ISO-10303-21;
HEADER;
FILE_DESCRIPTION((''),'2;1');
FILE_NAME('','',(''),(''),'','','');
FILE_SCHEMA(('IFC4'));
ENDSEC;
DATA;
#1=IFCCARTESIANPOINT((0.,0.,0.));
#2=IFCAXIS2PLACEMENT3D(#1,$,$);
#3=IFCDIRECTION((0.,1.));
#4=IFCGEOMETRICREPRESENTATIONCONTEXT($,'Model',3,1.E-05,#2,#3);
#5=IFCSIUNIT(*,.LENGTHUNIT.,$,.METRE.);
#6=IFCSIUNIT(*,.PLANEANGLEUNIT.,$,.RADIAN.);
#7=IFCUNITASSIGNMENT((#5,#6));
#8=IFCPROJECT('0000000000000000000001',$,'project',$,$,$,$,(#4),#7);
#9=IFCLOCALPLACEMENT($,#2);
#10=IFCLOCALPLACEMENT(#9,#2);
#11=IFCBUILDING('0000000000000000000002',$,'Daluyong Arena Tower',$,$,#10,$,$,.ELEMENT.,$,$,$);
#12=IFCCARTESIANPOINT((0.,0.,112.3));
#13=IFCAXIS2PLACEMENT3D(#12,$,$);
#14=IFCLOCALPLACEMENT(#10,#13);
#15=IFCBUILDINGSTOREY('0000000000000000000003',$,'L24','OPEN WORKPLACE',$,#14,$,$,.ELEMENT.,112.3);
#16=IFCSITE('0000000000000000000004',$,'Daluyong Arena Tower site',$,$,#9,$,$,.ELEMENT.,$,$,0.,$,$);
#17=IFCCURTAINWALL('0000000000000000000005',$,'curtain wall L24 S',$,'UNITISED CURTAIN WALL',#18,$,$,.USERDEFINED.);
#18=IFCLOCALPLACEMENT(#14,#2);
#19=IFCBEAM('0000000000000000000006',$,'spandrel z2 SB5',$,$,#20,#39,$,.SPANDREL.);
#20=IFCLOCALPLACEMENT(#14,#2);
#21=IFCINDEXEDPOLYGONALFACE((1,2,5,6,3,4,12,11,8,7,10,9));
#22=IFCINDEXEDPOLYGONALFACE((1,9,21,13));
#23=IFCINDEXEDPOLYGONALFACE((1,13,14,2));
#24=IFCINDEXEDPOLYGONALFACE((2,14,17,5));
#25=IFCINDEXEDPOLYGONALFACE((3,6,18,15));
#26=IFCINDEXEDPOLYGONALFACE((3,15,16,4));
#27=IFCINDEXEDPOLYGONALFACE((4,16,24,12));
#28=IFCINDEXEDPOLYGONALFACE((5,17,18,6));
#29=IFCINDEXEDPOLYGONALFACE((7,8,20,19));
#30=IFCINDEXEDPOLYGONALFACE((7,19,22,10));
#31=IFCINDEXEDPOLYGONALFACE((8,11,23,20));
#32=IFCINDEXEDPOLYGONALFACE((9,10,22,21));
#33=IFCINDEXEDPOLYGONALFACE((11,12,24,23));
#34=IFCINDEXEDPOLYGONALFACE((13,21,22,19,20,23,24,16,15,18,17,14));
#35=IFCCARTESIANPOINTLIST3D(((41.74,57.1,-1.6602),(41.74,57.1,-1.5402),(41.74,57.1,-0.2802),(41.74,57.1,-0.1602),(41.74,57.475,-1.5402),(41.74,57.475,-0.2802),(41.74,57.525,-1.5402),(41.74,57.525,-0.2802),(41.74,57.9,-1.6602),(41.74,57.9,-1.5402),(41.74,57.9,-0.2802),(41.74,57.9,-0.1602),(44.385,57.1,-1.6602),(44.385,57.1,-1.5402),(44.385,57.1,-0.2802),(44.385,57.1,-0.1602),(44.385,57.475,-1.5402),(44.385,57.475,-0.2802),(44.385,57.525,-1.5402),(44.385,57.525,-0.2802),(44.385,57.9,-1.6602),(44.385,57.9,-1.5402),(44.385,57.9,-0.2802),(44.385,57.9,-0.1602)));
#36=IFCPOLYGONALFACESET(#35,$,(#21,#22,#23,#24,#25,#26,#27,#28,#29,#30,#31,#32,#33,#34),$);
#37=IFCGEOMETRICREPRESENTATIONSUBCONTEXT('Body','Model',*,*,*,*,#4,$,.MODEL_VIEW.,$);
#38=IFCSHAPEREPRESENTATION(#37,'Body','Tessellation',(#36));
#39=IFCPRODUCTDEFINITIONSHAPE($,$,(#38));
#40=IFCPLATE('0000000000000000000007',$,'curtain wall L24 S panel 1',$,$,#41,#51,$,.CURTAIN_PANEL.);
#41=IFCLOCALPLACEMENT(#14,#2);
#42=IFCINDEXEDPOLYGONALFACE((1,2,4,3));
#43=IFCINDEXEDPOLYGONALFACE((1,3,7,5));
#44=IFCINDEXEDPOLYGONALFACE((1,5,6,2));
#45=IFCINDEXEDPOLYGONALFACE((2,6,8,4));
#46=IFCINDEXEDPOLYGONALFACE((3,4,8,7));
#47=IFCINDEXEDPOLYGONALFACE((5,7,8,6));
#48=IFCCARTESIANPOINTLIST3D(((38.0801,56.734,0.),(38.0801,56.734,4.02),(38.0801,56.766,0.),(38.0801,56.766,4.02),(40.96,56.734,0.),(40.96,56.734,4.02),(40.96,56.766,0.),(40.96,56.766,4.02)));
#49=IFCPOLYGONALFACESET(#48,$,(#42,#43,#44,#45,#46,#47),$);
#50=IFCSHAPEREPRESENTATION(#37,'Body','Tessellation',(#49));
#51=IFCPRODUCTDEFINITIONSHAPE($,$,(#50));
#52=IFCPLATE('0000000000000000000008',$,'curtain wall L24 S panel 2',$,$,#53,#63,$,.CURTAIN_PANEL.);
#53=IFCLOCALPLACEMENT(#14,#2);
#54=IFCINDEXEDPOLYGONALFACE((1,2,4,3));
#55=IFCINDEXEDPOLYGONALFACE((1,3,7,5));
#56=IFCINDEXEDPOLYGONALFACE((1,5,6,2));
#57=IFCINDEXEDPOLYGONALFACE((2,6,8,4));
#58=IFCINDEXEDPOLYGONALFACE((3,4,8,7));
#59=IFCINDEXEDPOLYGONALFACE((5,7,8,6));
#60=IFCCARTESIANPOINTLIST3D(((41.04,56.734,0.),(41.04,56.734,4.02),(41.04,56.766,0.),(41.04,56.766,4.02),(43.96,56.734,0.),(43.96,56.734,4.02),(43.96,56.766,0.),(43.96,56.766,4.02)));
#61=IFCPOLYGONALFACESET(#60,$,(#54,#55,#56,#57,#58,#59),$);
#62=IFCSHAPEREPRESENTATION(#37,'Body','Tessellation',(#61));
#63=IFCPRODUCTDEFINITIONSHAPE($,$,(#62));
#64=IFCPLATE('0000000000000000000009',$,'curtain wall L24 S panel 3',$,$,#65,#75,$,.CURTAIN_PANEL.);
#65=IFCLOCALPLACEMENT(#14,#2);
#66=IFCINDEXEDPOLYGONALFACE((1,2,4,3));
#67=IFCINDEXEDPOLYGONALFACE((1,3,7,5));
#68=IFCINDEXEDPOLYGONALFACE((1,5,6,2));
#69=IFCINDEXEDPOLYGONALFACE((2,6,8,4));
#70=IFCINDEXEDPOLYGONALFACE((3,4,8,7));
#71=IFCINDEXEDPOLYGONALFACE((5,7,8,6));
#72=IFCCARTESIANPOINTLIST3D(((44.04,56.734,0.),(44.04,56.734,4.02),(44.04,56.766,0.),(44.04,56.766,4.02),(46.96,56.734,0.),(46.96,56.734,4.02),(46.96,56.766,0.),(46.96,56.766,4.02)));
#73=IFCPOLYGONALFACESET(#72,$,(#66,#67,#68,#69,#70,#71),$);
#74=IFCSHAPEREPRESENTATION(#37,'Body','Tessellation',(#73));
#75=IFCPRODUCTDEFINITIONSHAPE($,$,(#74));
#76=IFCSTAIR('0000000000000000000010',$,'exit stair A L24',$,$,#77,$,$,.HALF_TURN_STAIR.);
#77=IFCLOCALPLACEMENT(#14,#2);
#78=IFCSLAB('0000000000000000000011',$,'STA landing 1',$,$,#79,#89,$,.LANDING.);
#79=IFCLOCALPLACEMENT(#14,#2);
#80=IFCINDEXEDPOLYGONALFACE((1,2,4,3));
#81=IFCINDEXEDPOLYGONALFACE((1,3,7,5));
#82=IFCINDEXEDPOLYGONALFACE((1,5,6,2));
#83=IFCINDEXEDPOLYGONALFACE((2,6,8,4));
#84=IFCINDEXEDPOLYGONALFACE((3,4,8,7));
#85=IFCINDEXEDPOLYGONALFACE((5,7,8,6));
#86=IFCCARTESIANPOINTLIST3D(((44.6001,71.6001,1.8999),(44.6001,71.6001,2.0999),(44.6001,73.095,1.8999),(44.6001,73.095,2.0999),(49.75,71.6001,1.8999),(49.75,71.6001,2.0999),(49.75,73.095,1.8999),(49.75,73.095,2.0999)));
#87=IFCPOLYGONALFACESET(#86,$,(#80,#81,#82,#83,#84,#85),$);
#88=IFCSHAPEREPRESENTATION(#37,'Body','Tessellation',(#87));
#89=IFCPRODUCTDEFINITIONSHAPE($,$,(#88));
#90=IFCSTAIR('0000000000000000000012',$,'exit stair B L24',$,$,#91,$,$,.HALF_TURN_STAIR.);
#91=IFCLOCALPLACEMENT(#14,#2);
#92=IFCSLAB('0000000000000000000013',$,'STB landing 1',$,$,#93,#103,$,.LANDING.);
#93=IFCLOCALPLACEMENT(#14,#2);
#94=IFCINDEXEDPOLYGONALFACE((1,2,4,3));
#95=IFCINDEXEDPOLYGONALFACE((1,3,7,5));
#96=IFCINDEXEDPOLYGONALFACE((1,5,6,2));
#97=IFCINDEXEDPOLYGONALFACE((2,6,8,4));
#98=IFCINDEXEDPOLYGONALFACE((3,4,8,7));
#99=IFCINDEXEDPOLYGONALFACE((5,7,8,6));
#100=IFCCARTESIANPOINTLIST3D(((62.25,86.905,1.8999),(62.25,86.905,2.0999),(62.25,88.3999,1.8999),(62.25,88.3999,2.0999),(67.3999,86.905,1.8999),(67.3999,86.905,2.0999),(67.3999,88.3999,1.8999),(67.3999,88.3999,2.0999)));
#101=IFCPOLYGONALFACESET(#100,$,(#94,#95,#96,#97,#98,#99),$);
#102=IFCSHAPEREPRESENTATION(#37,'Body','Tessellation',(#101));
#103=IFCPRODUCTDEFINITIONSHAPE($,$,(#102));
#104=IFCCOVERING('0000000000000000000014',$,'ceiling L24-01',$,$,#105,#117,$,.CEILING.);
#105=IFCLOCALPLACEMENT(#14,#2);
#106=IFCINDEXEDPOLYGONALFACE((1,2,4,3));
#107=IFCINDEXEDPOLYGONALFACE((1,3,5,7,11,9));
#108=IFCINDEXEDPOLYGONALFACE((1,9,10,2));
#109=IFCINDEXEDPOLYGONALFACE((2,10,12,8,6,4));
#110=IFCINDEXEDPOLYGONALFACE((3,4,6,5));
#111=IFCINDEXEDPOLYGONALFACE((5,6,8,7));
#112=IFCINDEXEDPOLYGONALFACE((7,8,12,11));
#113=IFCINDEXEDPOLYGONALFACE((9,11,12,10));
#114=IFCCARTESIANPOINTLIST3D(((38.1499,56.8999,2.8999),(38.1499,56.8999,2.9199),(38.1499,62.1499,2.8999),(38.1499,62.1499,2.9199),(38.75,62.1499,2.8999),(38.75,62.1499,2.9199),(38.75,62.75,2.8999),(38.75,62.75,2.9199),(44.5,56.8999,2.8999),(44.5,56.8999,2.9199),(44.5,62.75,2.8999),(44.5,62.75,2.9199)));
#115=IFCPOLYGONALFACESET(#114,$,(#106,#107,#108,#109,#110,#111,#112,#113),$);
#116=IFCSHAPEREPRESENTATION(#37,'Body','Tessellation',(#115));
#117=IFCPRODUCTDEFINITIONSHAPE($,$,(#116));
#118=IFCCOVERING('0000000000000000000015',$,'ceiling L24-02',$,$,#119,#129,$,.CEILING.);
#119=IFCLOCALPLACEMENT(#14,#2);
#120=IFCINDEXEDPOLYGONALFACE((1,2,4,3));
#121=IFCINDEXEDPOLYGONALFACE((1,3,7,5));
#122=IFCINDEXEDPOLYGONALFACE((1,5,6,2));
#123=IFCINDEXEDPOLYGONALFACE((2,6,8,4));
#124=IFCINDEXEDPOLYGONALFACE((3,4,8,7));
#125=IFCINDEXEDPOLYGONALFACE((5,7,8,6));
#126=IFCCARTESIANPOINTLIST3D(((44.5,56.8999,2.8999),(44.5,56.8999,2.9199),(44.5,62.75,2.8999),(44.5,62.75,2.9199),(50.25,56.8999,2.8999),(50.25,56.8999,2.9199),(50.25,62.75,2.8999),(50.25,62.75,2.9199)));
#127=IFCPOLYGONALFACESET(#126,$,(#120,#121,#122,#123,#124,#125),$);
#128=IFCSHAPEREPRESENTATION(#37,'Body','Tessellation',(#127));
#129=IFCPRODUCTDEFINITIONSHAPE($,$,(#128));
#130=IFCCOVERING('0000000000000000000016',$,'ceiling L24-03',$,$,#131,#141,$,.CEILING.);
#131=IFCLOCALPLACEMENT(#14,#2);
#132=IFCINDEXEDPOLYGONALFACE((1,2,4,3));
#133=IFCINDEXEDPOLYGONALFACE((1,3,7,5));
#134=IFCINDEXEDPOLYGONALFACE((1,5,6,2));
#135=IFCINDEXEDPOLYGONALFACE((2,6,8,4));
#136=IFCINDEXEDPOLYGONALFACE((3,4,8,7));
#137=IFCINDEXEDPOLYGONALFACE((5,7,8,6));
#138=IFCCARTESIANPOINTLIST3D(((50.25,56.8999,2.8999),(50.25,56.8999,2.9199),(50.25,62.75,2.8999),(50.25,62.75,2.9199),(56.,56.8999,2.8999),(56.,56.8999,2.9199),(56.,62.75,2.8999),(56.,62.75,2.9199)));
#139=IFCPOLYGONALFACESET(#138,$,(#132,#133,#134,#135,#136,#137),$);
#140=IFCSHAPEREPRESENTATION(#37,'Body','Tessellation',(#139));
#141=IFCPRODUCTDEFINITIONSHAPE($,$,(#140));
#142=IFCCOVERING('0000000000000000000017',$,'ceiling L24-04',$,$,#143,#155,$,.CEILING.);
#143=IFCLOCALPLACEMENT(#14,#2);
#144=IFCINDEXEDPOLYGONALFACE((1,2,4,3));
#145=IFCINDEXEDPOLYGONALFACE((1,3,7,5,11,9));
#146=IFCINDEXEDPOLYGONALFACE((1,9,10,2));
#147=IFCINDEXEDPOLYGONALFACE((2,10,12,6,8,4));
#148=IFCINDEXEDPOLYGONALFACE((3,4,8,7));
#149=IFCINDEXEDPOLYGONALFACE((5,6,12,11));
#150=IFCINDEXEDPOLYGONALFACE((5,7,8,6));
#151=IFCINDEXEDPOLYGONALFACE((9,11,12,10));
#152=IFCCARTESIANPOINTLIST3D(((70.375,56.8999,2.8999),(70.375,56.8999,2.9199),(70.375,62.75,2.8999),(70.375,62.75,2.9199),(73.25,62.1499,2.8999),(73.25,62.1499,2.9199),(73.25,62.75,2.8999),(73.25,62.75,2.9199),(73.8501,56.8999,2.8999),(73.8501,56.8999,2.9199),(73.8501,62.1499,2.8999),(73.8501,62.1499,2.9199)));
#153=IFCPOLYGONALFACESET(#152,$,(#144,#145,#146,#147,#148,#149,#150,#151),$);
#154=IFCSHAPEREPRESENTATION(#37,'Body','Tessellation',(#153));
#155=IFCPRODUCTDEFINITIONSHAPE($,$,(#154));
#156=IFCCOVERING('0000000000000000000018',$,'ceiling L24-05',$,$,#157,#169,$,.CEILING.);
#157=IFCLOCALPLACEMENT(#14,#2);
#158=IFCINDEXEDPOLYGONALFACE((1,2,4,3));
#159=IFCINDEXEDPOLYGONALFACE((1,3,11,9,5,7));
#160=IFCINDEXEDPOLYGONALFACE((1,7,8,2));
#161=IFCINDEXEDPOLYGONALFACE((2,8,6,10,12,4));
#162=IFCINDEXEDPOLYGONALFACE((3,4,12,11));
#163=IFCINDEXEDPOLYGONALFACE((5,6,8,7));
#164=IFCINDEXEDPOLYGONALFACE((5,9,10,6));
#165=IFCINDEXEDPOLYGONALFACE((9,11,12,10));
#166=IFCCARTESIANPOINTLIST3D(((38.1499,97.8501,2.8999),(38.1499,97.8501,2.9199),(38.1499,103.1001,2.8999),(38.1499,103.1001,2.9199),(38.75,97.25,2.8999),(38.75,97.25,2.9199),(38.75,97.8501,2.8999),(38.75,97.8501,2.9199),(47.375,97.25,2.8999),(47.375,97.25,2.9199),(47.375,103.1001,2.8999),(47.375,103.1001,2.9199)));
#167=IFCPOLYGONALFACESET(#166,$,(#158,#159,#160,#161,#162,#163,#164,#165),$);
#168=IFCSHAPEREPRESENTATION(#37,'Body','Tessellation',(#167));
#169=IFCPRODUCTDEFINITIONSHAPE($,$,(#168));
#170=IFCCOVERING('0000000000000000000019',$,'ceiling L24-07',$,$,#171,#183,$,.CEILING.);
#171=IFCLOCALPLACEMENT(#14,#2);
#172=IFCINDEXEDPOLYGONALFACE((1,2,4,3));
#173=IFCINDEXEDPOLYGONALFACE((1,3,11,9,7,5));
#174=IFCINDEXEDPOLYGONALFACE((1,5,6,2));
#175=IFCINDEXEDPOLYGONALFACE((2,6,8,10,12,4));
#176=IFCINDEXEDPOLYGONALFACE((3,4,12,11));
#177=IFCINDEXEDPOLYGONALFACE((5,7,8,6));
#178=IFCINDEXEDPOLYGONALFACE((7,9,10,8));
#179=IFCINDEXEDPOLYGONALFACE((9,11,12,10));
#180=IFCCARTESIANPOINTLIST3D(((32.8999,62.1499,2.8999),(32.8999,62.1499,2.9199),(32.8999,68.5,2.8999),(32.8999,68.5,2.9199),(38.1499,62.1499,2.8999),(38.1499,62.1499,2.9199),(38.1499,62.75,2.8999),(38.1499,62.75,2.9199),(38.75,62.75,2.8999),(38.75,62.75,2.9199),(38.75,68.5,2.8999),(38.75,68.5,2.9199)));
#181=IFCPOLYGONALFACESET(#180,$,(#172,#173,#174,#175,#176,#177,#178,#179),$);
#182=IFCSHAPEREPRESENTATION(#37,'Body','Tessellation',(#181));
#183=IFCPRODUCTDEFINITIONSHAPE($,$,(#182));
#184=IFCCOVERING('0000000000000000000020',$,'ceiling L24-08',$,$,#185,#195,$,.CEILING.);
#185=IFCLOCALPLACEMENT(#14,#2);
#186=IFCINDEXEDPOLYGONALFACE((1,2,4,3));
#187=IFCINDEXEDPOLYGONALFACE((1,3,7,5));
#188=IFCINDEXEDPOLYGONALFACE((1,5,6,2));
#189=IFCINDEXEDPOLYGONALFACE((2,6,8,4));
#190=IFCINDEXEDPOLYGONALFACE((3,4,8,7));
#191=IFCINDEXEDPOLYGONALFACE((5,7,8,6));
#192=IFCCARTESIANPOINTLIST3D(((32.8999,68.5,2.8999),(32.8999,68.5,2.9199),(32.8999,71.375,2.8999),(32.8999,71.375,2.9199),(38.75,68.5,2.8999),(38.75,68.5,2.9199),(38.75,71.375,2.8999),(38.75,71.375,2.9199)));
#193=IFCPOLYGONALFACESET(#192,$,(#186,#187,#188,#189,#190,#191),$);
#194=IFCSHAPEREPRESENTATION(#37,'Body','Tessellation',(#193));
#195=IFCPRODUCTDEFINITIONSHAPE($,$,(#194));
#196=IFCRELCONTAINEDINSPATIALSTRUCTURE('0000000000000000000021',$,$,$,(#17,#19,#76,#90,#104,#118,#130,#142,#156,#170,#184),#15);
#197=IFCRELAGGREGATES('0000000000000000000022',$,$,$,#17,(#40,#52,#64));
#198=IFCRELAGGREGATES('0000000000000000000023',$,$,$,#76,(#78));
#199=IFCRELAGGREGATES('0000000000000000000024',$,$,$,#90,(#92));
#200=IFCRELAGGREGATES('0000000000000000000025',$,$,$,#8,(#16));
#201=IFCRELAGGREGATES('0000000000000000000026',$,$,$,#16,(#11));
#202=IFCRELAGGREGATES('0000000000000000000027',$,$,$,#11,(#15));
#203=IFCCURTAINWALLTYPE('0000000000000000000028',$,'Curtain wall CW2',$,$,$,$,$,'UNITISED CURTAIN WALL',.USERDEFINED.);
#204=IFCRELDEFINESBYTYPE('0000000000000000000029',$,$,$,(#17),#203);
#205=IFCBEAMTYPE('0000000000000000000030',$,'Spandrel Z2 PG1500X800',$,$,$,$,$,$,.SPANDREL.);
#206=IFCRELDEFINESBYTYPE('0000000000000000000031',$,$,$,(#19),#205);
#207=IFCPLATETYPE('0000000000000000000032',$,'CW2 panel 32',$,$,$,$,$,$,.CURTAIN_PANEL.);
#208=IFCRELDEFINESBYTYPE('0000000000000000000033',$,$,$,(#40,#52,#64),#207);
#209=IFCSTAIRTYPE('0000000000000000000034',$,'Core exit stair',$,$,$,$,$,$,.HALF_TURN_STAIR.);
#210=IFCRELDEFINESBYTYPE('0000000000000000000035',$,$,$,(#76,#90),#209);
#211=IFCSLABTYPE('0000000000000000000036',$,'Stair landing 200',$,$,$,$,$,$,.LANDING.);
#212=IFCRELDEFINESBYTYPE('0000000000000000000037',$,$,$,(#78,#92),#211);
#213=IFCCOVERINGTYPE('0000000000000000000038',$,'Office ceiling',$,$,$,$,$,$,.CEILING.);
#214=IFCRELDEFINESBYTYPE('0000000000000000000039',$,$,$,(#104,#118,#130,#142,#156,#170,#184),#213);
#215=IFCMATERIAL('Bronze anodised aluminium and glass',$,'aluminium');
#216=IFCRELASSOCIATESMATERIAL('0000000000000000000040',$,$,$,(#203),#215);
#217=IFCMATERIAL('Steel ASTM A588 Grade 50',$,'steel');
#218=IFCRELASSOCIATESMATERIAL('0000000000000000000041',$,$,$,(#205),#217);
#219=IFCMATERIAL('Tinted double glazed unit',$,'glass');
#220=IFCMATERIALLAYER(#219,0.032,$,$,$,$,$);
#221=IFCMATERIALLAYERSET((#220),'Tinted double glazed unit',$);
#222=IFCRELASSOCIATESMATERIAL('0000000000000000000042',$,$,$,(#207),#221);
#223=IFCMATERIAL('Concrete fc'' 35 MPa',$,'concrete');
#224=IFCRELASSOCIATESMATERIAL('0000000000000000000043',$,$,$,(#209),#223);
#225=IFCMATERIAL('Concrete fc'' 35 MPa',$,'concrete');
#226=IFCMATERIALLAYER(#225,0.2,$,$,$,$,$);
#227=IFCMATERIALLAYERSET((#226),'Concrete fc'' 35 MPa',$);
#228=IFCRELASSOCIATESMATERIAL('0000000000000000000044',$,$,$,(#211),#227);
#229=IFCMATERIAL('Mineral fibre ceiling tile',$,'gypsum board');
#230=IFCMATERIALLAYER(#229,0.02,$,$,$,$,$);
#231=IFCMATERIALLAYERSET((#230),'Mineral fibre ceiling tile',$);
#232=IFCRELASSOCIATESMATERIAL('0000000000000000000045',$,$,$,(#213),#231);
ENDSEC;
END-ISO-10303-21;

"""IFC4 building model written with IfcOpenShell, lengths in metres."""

from ifc_helpers import new_model, si_unit, direction, frame, origin, origin_2d, place, context, subcontext, project, spatial, polyline, rectangle, i_section, outline, extrude, material, layer, layer_set, material_profile, profile_set, type_object, element, aggregate, save


model = new_model("IFC4")

# Units and contexts
model_context = context("Model", 3, precision=1e-05, world=origin(), true_north=direction((0.0, 1.0)))
body_context = subcontext(model_context, "Body", "Model", "MODEL_VIEW")
ifc_project = project(units=[si_unit("LENGTHUNIT", "METRE"), si_unit("PLANEANGLEUNIT", "RADIAN")], contexts=[model_context])

# Site, building, storey
site_placement = place(None, origin())
site = spatial("IfcSite", under=ifc_project, at=site_placement, Name="Daluyong Arena Tower site", CompositionType="ELEMENT", RefElevation=0.0)
building_placement = place(site_placement, origin())
building = spatial("IfcBuilding", under=site, at=building_placement, Name="Daluyong Arena Tower", CompositionType="ELEMENT")
storey_placement = place(building_placement, frame((0.0, 0.0, 112.3)))
storey = spatial("IfcBuildingStorey", under=building, at=storey_placement, Name="L24", Description="OPEN WORKPLACE", CompositionType="ELEMENT", Elevation=112.3)

# Curtain wall
ifc_material_1 = material(Name="Bronze anodised aluminium and glass", Category="aluminium")
curtain_wall_type_1 = type_object("IfcCurtainWallType", Name="Curtain wall CW2", ElementType="UNITISED CURTAIN WALL", PredefinedType="USERDEFINED", material=ifc_material_1)
curtain_wall_1_placement = place(storey_placement, origin())
curtain_wall_1 = element("IfcCurtainWall", 1, at=curtain_wall_1_placement, inside=storey, type_object=curtain_wall_type_1, Name="curtain wall L24 S", ObjectType="UNITISED CURTAIN WALL", PredefinedType="USERDEFINED")

# Beam
ifc_material_2 = material(Name="Steel ASTM A588 Grade 50", Category="steel")
ifc_material_profile_1 = material_profile(ifc_material_2, i_section(OverallWidth=0.8, OverallDepth=1.5, WebThickness=0.05, FlangeThickness=0.12, at=origin_2d()))
ifc_profile_set_1 = profile_set([ifc_material_profile_1], Name="Steel ASTM A588 Grade 50")
beam_type = type_object("IfcBeamType", Name="Spandrel Z2 PG1500X800", PredefinedType="SPANDREL", material=ifc_profile_set_1)
for number, where, z_axis, x_axis, name in (
    (2, (41.74, 57.5, -0.9102), (1.0, 0.0, 0.0), (0.0, 1.0, 0.0), "spandrel z2 SB5"),
):
    element("IfcBeam", number, at=place(storey_placement, frame(where, z_axis=z_axis, x_axis=x_axis)), inside=storey, type_object=beam_type, Name=name, PredefinedType="SPANDREL", context=body_context, shape_type="SweptSolid", body=[
        extrude(i_section(OverallWidth=0.8, OverallDepth=1.5, WebThickness=0.05, FlangeThickness=0.12, at=origin_2d()), origin(), (0.0, 0.0, 1.0), 2.645),
    ])

# Plates
ifc_material_3 = material(Name="Tinted double glazed unit", Category="glass")
ifc_layer_1 = layer(ifc_material_3, 0.032)
ifc_layer_set_1 = layer_set([ifc_layer_1], Name="Tinted double glazed unit")
plate_type = type_object("IfcPlateType", Name="CW2 panel 32", PredefinedType="CURTAIN_PANEL", material=ifc_layer_set_1)
plate_1_placement = place(storey_placement, frame((39.52, 56.75, 0.0), z_axis=(0.0, 0.0, 1.0), x_axis=(1.0, 0.0, 0.0)))
plate_1 = element("IfcPlate", 3, at=plate_1_placement, type_object=plate_type, Name="curtain wall L24 S panel 1", PredefinedType="CURTAIN_PANEL", context=body_context, shape_type="SweptSolid", body=[
    extrude(rectangle(XDim=2.8799, YDim=0.032, at=origin_2d()), origin(), (0.0, 0.0, 1.0), 4.02),
])
plate_2_placement = place(storey_placement, frame((42.5, 56.75, 0.0), z_axis=(0.0, 0.0, 1.0), x_axis=(1.0, 0.0, 0.0)))
plate_2 = element("IfcPlate", 4, at=plate_2_placement, type_object=plate_type, Name="curtain wall L24 S panel 2", PredefinedType="CURTAIN_PANEL", context=body_context, shape_type="SweptSolid", body=[
    extrude(rectangle(XDim=2.9199, YDim=0.032, at=origin_2d()), origin(), (0.0, 0.0, 1.0), 4.02),
])
plate_3_placement = place(storey_placement, frame((45.5, 56.75, 0.0), z_axis=(0.0, 0.0, 1.0), x_axis=(1.0, 0.0, 0.0)))
plate_3 = element("IfcPlate", 5, at=plate_3_placement, type_object=plate_type, Name="curtain wall L24 S panel 3", PredefinedType="CURTAIN_PANEL", context=body_context, shape_type="SweptSolid", body=[
    extrude(rectangle(XDim=2.9199, YDim=0.032, at=origin_2d()), origin(), (0.0, 0.0, 1.0), 4.02),
])
aggregate(curtain_wall_1, [plate_1, plate_2, plate_3])

# Stairs, slabs
ifc_material_4 = material(Name="Concrete fc' 35 MPa", Category="concrete")
stair_type = type_object("IfcStairType", Name="Core exit stair", PredefinedType="HALF_TURN_STAIR", material=ifc_material_4)
stair_1_placement = place(storey_placement, origin())
stair_1 = element("IfcStair", 6, at=stair_1_placement, inside=storey, type_object=stair_type, Name="exit stair A L24", PredefinedType="HALF_TURN_STAIR")
ifc_material_5 = material(Name="Concrete fc' 35 MPa", Category="concrete")
ifc_layer_2 = layer(ifc_material_5, 0.2)
ifc_layer_set_2 = layer_set([ifc_layer_2], Name="Concrete fc' 35 MPa")
slab_type = type_object("IfcSlabType", Name="Stair landing 200", PredefinedType="LANDING", material=ifc_layer_set_2)
slab_1_placement = place(storey_placement, frame((0.0, 0.0, 1.8999)))
slab_1 = element("IfcSlab", 7, at=slab_1_placement, type_object=slab_type, Name="STA landing 1", PredefinedType="LANDING", context=body_context, shape_type="SweptSolid", body=[
    extrude(outline(polyline([(44.6001, 71.6001), (49.75, 71.6001), (49.75, 73.095), (44.6001, 73.095), (44.6001, 71.6001)])), origin(), (0.0, 0.0, 1.0), 0.2),
])
aggregate(stair_1, [slab_1])
stair_2_placement = place(storey_placement, origin())
stair_2 = element("IfcStair", 8, at=stair_2_placement, inside=storey, type_object=stair_type, Name="exit stair B L24", PredefinedType="HALF_TURN_STAIR")
slab_2_placement = place(storey_placement, frame((0.0, 0.0, 1.8999)))
slab_2 = element("IfcSlab", 9, at=slab_2_placement, type_object=slab_type, Name="STB landing 1", PredefinedType="LANDING", context=body_context, shape_type="SweptSolid", body=[
    extrude(outline(polyline([(62.25, 86.905), (67.3999, 86.905), (67.3999, 88.3999), (62.25, 88.3999), (62.25, 86.905)])), origin(), (0.0, 0.0, 1.0), 0.2),
])
aggregate(stair_2, [slab_2])

# Coverings
ifc_material_6 = material(Name="Mineral fibre ceiling tile", Category="gypsum board")
ifc_layer_3 = layer(ifc_material_6, 0.02)
ifc_layer_set_3 = layer_set([ifc_layer_3], Name="Mineral fibre ceiling tile")
covering_type_1 = type_object("IfcCoveringType", Name="Office ceiling", PredefinedType="CEILING", material=ifc_layer_set_3)
covering_1_placement = place(storey_placement, frame((0.0, 0.0, 2.8999)))
element("IfcCovering", 10, at=covering_1_placement, inside=storey, type_object=covering_type_1, Name="ceiling L24-01", PredefinedType="CEILING", context=body_context, shape_type="SweptSolid", body=[
    extrude(outline(polyline([(38.1499, 62.1499), (38.1499, 56.8999), (44.5, 56.8999), (44.5, 62.75), (38.75, 62.75), (38.75, 62.1499), (38.1499, 62.1499)])), origin(), (0.0, 0.0, 1.0), 0.02),
])
covering_2_placement = place(storey_placement, frame((0.0, 0.0, 2.8999)))
element("IfcCovering", 11, at=covering_2_placement, inside=storey, type_object=covering_type_1, Name="ceiling L24-02", PredefinedType="CEILING", context=body_context, shape_type="SweptSolid", body=[
    extrude(outline(polyline([(44.5, 62.75), (44.5, 56.8999), (50.25, 56.8999), (50.25, 62.75), (44.5, 62.75)])), origin(), (0.0, 0.0, 1.0), 0.02),
])
covering_3_placement = place(storey_placement, frame((0.0, 0.0, 2.8999)))
element("IfcCovering", 12, at=covering_3_placement, inside=storey, type_object=covering_type_1, Name="ceiling L24-03", PredefinedType="CEILING", context=body_context, shape_type="SweptSolid", body=[
    extrude(outline(polyline([(50.25, 62.75), (50.25, 56.8999), (56.0, 56.8999), (56.0, 62.75), (50.25, 62.75)])), origin(), (0.0, 0.0, 1.0), 0.02),
])
covering_4_placement = place(storey_placement, frame((0.0, 0.0, 2.8999)))
element("IfcCovering", 13, at=covering_4_placement, inside=storey, type_object=covering_type_1, Name="ceiling L24-04", PredefinedType="CEILING", context=body_context, shape_type="SweptSolid", body=[
    extrude(outline(polyline([(73.8501, 56.8999), (73.8501, 62.1499), (73.25, 62.1499), (73.25, 62.75), (70.375, 62.75), (70.375, 56.8999), (73.8501, 56.8999)])), origin(), (0.0, 0.0, 1.0), 0.02),
])
covering_5_placement = place(storey_placement, frame((0.0, 0.0, 2.8999)))
element("IfcCovering", 14, at=covering_5_placement, inside=storey, type_object=covering_type_1, Name="ceiling L24-05", PredefinedType="CEILING", context=body_context, shape_type="SweptSolid", body=[
    extrude(outline(polyline([(47.375, 97.25), (47.375, 103.1001), (38.1499, 103.1001), (38.1499, 97.8501), (38.75, 97.8501), (38.75, 97.25), (47.375, 97.25)])), origin(), (0.0, 0.0, 1.0), 0.02),
])
covering_6_placement = place(storey_placement, frame((0.0, 0.0, 2.8999)))
element("IfcCovering", 15, at=covering_6_placement, inside=storey, type_object=covering_type_1, Name="ceiling L24-07", PredefinedType="CEILING", context=body_context, shape_type="SweptSolid", body=[
    extrude(outline(polyline([(32.8999, 62.1499), (38.1499, 62.1499), (38.1499, 62.75), (38.75, 62.75), (38.75, 68.5), (32.8999, 68.5), (32.8999, 62.1499)])), origin(), (0.0, 0.0, 1.0), 0.02),
])
covering_7_placement = place(storey_placement, frame((0.0, 0.0, 2.8999)))
element("IfcCovering", 16, at=covering_7_placement, inside=storey, type_object=covering_type_1, Name="ceiling L24-08", PredefinedType="CEILING", context=body_context, shape_type="SweptSolid", body=[
    extrude(outline(polyline([(38.75, 71.375), (32.8999, 71.375), (32.8999, 68.5), (38.75, 68.5), (38.75, 71.375)])), origin(), (0.0, 0.0, 1.0), 0.02),
])

save(model, "model.ifc")
